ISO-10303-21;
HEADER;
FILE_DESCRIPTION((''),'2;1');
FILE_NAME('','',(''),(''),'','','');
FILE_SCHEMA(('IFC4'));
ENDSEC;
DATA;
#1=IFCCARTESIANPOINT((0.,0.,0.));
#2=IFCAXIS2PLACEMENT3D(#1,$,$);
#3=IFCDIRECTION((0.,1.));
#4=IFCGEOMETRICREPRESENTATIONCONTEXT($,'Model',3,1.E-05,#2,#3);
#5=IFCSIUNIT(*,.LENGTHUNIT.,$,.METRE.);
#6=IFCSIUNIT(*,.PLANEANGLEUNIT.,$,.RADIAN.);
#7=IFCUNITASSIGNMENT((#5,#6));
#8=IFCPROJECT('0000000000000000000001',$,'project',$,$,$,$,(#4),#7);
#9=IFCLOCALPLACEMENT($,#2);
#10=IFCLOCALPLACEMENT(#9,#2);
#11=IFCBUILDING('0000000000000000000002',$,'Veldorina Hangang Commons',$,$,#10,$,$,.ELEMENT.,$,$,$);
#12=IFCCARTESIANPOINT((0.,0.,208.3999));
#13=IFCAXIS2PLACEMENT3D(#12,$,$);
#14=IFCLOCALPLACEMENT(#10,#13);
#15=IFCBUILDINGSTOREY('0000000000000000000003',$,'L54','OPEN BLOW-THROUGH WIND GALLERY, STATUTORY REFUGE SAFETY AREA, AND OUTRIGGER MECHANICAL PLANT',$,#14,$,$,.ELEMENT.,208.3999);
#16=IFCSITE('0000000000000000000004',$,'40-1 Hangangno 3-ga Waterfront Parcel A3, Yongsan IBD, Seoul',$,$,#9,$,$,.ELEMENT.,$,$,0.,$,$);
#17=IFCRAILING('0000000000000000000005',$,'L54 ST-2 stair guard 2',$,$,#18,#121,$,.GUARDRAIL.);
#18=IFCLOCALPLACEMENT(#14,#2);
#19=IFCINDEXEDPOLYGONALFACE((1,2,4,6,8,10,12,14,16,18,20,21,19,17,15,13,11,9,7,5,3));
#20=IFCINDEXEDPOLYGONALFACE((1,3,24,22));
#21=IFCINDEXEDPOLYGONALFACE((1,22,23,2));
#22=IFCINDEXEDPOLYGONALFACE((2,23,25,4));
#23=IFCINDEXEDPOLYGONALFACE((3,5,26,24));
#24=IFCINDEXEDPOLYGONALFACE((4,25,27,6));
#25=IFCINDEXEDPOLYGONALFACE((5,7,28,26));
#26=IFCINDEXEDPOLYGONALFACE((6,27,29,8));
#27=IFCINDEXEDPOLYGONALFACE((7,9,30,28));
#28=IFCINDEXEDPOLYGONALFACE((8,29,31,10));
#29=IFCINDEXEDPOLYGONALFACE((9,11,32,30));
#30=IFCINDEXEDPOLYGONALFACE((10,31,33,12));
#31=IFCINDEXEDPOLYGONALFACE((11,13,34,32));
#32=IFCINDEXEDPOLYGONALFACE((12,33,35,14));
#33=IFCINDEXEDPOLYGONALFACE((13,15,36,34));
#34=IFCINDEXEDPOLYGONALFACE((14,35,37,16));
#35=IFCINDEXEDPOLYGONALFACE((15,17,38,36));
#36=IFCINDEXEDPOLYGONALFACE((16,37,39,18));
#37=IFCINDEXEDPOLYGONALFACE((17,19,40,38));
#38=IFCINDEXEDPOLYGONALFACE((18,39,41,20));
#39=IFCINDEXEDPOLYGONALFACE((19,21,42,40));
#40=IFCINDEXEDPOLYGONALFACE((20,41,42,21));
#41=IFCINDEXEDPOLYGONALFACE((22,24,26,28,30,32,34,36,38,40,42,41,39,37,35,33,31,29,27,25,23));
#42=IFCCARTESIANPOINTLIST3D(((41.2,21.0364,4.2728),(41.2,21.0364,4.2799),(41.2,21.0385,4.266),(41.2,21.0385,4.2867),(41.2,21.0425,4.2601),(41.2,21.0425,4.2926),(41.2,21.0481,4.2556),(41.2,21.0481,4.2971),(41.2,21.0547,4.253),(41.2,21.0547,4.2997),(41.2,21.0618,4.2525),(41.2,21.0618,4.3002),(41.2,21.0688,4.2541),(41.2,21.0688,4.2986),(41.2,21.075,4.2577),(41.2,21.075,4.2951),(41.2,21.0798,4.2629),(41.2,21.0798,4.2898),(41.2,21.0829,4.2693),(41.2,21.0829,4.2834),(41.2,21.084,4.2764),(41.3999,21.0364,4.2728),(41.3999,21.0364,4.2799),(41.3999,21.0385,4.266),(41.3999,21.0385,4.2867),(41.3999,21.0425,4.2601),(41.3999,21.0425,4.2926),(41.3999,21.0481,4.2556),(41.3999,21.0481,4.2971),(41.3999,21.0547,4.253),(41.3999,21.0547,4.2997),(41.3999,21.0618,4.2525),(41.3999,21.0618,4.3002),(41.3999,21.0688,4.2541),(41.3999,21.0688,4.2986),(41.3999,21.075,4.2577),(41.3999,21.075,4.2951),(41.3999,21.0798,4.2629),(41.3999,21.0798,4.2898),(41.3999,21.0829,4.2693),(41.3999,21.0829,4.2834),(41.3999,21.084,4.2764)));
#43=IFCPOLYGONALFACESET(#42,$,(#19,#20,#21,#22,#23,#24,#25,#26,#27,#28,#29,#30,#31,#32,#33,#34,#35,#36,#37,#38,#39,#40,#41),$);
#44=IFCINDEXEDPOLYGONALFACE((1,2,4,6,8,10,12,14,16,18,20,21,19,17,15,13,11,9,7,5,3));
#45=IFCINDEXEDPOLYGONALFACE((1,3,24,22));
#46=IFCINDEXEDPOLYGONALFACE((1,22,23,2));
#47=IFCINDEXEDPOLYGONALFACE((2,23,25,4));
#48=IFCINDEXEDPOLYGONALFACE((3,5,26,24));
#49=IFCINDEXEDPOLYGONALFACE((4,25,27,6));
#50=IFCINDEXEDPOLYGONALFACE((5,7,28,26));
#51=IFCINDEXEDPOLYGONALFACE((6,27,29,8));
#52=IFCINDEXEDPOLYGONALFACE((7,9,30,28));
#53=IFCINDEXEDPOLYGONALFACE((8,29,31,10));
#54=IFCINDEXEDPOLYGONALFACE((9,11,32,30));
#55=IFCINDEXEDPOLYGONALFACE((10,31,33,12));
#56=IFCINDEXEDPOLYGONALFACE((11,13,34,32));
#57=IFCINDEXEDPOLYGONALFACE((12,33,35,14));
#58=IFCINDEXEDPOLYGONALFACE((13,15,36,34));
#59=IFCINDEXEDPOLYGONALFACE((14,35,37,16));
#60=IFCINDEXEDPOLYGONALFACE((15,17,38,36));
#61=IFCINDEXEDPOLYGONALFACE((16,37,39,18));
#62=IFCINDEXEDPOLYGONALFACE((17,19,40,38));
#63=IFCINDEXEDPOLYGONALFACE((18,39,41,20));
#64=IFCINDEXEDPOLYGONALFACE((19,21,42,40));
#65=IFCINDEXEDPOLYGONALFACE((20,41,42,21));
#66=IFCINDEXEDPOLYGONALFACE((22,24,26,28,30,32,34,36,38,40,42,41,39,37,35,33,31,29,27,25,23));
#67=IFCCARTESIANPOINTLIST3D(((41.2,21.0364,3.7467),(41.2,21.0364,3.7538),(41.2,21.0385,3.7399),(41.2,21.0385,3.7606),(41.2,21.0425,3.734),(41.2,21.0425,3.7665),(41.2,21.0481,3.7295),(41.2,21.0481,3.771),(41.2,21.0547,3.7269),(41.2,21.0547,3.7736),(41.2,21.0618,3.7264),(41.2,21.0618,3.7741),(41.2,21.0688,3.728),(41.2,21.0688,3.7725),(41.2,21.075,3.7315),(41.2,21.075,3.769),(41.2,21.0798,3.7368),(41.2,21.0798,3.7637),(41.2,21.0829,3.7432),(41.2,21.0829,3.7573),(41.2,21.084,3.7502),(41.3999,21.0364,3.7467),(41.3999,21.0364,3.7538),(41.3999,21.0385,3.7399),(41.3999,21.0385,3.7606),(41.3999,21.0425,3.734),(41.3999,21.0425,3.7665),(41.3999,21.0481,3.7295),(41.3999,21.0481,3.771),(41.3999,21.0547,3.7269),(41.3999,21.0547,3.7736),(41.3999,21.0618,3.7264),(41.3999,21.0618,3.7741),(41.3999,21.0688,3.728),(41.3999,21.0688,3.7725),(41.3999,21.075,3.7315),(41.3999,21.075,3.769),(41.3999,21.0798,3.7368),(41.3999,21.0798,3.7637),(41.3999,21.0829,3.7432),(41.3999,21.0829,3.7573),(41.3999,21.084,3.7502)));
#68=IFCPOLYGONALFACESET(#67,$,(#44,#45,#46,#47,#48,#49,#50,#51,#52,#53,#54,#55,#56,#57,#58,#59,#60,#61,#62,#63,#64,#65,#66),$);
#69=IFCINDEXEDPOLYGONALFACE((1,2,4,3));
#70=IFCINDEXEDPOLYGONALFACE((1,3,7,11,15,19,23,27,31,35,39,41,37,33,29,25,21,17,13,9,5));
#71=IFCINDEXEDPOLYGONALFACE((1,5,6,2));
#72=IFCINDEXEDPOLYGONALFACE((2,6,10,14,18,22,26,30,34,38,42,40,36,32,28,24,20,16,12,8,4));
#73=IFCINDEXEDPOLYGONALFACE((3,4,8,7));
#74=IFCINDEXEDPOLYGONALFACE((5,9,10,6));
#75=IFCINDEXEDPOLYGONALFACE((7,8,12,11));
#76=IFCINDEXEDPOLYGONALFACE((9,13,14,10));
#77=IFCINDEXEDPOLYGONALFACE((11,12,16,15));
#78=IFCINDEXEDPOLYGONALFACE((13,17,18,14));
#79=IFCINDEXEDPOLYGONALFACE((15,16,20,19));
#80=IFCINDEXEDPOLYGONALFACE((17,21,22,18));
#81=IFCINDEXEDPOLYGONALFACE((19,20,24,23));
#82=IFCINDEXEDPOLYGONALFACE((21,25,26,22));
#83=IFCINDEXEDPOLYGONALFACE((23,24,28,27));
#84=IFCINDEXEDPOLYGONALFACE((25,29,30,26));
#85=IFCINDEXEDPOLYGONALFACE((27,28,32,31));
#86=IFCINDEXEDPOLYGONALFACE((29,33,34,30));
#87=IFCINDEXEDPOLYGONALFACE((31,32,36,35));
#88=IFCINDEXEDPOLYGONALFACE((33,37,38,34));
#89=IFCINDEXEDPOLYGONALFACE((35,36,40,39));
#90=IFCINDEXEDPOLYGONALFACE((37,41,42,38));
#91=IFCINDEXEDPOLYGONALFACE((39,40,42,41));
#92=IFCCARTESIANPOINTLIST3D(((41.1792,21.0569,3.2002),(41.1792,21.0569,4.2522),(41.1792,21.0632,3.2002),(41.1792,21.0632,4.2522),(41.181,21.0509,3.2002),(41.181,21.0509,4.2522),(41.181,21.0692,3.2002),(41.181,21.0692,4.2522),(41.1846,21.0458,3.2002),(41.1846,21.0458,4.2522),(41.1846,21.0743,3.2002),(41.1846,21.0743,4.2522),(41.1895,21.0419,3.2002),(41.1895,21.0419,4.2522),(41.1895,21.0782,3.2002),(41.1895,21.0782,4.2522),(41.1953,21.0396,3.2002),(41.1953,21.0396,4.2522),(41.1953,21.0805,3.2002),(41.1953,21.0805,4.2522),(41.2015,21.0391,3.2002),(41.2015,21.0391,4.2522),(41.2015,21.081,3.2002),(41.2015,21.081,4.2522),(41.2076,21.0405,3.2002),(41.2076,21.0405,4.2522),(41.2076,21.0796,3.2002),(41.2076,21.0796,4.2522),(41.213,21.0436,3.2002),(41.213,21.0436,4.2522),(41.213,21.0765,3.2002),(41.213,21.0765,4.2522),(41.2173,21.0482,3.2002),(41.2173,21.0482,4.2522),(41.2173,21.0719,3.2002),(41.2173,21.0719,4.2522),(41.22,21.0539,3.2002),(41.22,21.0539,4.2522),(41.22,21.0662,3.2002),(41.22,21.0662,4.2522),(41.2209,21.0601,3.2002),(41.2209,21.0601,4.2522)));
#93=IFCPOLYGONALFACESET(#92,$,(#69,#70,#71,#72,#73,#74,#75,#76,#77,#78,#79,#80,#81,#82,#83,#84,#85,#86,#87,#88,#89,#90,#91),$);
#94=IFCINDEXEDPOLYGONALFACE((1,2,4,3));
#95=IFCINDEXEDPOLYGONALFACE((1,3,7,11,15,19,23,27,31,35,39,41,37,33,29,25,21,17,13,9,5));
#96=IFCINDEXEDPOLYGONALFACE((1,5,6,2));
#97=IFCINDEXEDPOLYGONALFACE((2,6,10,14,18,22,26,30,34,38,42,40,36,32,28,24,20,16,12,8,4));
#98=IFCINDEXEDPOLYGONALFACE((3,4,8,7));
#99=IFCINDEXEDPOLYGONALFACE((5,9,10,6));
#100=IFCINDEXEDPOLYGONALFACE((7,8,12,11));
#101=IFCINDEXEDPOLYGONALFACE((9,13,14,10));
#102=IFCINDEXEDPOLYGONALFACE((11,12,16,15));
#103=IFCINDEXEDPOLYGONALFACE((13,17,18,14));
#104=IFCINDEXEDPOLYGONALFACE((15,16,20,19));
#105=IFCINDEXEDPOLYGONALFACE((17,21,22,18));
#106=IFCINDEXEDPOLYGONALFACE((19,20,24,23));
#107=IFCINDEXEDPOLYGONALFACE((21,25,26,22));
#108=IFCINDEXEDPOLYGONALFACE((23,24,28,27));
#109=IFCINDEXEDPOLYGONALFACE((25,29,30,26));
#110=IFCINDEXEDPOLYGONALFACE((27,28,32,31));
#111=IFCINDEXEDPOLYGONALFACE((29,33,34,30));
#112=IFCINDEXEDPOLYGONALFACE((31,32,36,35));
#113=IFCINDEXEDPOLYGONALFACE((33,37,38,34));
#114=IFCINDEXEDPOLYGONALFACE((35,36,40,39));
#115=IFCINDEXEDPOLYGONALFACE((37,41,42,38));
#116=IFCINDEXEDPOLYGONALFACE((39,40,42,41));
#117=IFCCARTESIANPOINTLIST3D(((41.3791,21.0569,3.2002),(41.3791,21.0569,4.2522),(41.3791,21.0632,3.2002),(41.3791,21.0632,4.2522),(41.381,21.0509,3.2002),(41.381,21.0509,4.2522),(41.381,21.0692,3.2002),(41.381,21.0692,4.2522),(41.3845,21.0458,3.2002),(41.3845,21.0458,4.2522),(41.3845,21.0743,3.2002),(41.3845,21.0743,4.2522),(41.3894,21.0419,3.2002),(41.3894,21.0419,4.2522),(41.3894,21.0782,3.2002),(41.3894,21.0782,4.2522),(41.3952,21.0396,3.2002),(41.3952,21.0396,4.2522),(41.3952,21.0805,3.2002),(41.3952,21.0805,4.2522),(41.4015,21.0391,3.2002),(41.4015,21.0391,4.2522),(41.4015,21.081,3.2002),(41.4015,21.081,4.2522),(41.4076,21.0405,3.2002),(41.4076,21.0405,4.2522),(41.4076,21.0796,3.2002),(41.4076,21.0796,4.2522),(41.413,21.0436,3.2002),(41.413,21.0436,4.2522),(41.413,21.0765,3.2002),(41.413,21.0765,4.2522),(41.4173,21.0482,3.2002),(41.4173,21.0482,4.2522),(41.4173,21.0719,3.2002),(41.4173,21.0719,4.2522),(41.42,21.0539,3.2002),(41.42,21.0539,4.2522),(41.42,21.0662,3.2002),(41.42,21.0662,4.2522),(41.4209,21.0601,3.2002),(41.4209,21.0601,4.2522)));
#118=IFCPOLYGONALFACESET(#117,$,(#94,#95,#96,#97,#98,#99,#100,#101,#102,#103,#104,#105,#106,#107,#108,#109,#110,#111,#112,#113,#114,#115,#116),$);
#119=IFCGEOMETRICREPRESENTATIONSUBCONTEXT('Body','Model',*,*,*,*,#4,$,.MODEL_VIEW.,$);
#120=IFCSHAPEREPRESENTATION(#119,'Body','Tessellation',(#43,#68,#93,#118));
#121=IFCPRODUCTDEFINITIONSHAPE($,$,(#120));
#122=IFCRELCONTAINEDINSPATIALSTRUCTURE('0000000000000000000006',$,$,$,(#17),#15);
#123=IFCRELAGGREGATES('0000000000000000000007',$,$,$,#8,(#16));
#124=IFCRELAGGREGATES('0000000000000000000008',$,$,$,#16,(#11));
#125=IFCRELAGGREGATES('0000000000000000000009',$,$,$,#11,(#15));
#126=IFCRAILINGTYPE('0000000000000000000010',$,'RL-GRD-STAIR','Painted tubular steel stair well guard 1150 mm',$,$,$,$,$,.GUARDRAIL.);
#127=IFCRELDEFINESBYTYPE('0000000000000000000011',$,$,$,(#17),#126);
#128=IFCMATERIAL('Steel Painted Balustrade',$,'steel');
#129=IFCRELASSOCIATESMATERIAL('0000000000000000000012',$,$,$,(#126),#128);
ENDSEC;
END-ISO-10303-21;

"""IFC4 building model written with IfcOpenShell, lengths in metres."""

from ifc_helpers import new_model, si_unit, direction, frame, origin, origin_2d, place, context, subcontext, project, spatial, circle, extrude, material, type_object, element, save


model = new_model("IFC4")

# Units and contexts
model_context = context("Model", 3, precision=1e-05, world=origin(), true_north=direction((0.0, 1.0)))
body_context = subcontext(model_context, "Body", "Model", "MODEL_VIEW")
ifc_project = project(units=[si_unit("LENGTHUNIT", "METRE"), si_unit("PLANEANGLEUNIT", "RADIAN")], contexts=[model_context])

# Site, building, storey
site_placement = place(None, origin())
site = spatial("IfcSite", under=ifc_project, at=site_placement, Name="40-1 Hangangno 3-ga Waterfront Parcel A3, Yongsan IBD, Seoul", CompositionType="ELEMENT", RefElevation=0.0)
building_placement = place(site_placement, origin())
building = spatial("IfcBuilding", under=site, at=building_placement, Name="Veldorina Hangang Commons", CompositionType="ELEMENT")
storey_placement = place(building_placement, frame((0.0, 0.0, 208.3999)))
storey = spatial("IfcBuildingStorey", under=building, at=storey_placement, Name="L54", Description="OPEN BLOW-THROUGH WIND GALLERY, STATUTORY REFUGE SAFETY AREA, AND OUTRIGGER MECHANICAL PLANT", CompositionType="ELEMENT", Elevation=208.3999)

# Railing
ifc_material_1 = material(Name="Steel Painted Balustrade", Category="steel")
railing_type_1 = type_object("IfcRailingType", Name="RL-GRD-STAIR", Description="Painted tubular steel stair well guard 1150 mm", PredefinedType="GUARDRAIL", material=ifc_material_1)
railing_1_placement = place(storey_placement, frame((41.2, 21.0601, 3.2002)))
element("IfcRailing", 1, at=railing_1_placement, inside=storey, type_object=railing_type_1, Name="L54 ST-2 stair guard 2", PredefinedType="GUARDRAIL", context=body_context, shape_type="SweptSolid", body=[
    extrude(circle(Radius=0.0239, at=origin_2d()), frame((0.0, 0.0, 1.0762), z_axis=(1.0, 0.0, 0.0), x_axis=(0.0, 1.0, 0.0)), (0.0, 0.0, 1.0), 0.2),
    extrude(circle(Radius=0.0239, at=origin_2d()), frame((0.0, 0.0, 0.55), z_axis=(1.0, 0.0, 0.0), x_axis=(0.0, 1.0, 0.0)), (0.0, 0.0, 1.0), 0.2),
    extrude(circle(Radius=0.021, at=origin_2d()), origin(), (0.0, 0.0, 1.0), 1.052),
    extrude(circle(Radius=0.021, at=origin_2d()), frame((0.2, 0.0, 0.0)), (0.0, 0.0, 1.0), 1.052),
])

save(model, "model.ifc")
